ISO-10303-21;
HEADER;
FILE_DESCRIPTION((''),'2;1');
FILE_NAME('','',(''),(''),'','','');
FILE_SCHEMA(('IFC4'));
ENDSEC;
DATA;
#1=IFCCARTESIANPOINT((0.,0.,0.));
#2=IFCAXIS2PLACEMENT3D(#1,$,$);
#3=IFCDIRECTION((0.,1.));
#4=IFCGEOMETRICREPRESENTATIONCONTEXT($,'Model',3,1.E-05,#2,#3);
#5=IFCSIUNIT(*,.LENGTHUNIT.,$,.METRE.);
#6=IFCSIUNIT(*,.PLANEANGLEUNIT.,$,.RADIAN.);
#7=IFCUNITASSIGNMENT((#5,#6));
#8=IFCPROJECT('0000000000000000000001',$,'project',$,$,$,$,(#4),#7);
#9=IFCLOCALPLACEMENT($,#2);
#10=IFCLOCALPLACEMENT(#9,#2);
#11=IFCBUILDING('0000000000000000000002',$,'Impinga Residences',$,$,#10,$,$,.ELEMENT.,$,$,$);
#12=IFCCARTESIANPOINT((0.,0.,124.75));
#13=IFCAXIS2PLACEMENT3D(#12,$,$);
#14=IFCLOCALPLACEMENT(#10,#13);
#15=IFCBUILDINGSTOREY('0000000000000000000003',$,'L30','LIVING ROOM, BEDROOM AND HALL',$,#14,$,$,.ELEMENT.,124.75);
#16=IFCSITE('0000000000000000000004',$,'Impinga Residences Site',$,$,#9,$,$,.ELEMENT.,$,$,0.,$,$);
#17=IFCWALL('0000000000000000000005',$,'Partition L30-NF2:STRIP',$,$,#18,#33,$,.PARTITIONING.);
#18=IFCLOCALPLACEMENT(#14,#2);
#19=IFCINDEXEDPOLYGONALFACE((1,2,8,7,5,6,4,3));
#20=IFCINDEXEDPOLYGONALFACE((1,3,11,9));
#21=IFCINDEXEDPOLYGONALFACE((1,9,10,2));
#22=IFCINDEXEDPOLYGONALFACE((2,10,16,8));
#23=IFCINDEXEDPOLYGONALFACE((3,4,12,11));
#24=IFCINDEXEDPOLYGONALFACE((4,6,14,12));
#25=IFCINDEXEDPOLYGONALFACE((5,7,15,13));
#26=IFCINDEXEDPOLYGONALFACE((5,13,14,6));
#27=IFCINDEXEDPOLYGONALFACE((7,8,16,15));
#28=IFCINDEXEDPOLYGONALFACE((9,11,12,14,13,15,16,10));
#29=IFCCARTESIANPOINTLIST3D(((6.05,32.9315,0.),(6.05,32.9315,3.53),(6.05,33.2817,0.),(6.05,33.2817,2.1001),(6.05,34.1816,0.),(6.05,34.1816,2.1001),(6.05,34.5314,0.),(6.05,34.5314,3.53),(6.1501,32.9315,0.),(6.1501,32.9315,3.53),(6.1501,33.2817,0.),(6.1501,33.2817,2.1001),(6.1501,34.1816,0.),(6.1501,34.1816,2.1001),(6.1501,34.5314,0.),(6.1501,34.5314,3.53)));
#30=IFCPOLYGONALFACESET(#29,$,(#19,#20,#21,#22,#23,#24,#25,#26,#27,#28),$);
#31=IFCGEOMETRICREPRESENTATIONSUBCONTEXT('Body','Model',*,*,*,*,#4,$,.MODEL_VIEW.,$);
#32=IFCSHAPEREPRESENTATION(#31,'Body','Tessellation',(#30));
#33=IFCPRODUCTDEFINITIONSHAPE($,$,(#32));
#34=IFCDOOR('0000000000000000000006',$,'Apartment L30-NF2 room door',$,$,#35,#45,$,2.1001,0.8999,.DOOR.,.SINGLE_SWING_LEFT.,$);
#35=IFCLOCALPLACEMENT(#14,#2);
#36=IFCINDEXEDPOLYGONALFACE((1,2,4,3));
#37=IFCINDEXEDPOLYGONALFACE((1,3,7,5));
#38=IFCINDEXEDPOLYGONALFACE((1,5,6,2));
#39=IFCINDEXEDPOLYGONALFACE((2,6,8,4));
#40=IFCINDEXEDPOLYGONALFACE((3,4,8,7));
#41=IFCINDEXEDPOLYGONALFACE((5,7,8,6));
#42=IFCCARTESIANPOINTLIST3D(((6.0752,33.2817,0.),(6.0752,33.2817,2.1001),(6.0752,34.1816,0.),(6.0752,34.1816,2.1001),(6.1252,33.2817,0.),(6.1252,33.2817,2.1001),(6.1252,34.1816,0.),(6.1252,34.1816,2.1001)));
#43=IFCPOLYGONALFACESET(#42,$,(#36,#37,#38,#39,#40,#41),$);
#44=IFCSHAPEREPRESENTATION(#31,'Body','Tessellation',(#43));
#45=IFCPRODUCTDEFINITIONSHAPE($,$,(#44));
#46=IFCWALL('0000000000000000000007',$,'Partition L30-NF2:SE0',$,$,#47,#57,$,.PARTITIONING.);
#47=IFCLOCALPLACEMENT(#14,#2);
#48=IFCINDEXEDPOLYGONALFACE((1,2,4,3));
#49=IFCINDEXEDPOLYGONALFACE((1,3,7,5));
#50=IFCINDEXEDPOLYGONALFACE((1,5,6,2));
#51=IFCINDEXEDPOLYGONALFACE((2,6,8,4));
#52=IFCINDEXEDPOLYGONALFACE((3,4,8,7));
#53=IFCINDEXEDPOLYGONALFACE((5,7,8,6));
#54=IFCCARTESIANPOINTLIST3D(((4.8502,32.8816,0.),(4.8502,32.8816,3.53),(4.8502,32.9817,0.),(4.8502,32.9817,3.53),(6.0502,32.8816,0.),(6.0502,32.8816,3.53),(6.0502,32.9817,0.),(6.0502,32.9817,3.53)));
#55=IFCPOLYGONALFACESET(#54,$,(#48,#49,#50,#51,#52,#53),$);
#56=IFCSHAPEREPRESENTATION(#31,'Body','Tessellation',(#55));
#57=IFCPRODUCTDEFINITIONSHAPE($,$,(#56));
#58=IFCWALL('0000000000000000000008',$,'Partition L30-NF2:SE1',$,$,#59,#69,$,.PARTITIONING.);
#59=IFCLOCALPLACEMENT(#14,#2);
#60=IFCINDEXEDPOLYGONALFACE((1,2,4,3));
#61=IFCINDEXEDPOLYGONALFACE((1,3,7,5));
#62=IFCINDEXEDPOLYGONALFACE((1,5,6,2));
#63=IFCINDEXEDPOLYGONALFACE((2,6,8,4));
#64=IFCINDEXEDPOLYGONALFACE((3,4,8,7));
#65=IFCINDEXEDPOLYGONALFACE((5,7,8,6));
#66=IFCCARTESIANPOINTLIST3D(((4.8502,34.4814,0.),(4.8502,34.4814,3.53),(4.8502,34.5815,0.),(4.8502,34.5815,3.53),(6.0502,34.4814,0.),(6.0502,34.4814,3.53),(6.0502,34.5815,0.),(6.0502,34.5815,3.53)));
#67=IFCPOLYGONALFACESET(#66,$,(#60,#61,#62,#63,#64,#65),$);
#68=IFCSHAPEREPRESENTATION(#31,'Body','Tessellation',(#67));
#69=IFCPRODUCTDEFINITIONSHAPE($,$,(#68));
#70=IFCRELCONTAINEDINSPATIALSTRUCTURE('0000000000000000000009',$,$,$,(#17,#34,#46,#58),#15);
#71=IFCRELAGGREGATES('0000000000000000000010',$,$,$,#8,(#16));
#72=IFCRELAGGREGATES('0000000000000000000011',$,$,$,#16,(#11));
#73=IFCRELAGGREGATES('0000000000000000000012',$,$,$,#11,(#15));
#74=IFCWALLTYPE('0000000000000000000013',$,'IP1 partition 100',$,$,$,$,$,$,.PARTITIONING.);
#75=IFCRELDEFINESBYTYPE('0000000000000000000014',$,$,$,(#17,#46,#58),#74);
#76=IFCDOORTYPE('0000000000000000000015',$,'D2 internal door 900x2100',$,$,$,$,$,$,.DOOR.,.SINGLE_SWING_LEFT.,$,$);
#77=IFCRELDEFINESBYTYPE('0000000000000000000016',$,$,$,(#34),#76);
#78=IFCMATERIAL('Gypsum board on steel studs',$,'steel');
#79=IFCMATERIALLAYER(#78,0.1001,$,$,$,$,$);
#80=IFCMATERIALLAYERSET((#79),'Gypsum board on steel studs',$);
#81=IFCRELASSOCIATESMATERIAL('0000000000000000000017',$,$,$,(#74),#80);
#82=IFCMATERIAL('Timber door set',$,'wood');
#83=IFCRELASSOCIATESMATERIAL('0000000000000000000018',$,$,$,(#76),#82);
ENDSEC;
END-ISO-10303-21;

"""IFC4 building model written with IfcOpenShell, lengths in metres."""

from ifc_helpers import new_model, si_unit, direction, frame, frame_2d, origin, place, context, subcontext, project, spatial, rectangle, extrude, material, layer, layer_set, type_object, element, fill, save


model = new_model("IFC4")

# Units and contexts
model_context = context("Model", 3, precision=1e-05, world=origin(), true_north=direction((0.0, 1.0)))
body_context = subcontext(model_context, "Body", "Model", "MODEL_VIEW")
ifc_project = project(units=[si_unit("LENGTHUNIT", "METRE"), si_unit("PLANEANGLEUNIT", "RADIAN")], contexts=[model_context])

# Site, building, storey
site_placement = place(None, origin())
site = spatial("IfcSite", under=ifc_project, at=site_placement, Name="Impinga Residences Site", CompositionType="ELEMENT", RefElevation=0.0)
building_placement = place(site_placement, origin())
building = spatial("IfcBuilding", under=site, at=building_placement, Name="Impinga Residences", CompositionType="ELEMENT")
storey_placement = place(building_placement, frame((0.0, 0.0, 124.75)))
storey = spatial("IfcBuildingStorey", under=building, at=storey_placement, Name="L30", Description="LIVING ROOM, BEDROOM AND HALL", CompositionType="ELEMENT", Elevation=124.75)

# Shared definitions
ifc_material_1 = material(Name="Gypsum board on steel studs", Category="steel")
ifc_layer_1 = layer(ifc_material_1, 0.1001)
ifc_layer_set_1 = layer_set([ifc_layer_1], Name="Gypsum board on steel studs")
wall_type_1 = type_object("IfcWallType", Name="IP1 partition 100", PredefinedType="PARTITIONING", material=ifc_layer_set_1)

# Wall, opening, door
wall_1_placement = place(storey_placement, frame((6.1001, 32.9316, 0.0), z_axis=(0.0, 0.0, 1.0), x_axis=(0.0, 1.0, 0.0)))
wall_1 = element("IfcWall", 1, at=wall_1_placement, inside=storey, type_object=wall_type_1, Name="Partition L30-NF2:STRIP", PredefinedType="PARTITIONING", context=body_context, shape_type="SweptSolid", body=[
    extrude(rectangle(XDim=1.5999, YDim=0.1001, at=frame_2d((0.7998, 0.0))), origin(), (0.0, 0.0, 1.0), 3.53),
])
opening_1_placement = place(wall_1_placement, frame((0.3501, 0.0, 0.0)))
opening_1 = element("IfcOpeningElement", 2, at=opening_1_placement, cuts=wall_1, PredefinedType="OPENING", context=body_context, shape_type="SweptSolid", body=[
    extrude(rectangle(XDim=0.8999, YDim=2.1001, at=frame_2d((0.45, 1.05))), frame((0.0, 0.0601, 0.0), z_axis=(0.0, -1.0, 0.0), x_axis=(1.0, 0.0, 0.0)), (0.0, 0.0, 1.0), 0.1201),
])
ifc_material_2 = material(Name="Timber door set", Category="wood")
door_type = type_object("IfcDoorType", Name="D2 internal door 900x2100", OperationType="SINGLE_SWING_LEFT", PredefinedType="DOOR", material=ifc_material_2)
door_placement = place(opening_1_placement, origin())
door = element("IfcDoor", 3, at=door_placement, inside=storey, type_object=door_type, Name="Apartment L30-NF2 room door", OperationType="SINGLE_SWING_LEFT", OverallHeight=2.1001, OverallWidth=0.8999, PredefinedType="DOOR", context=body_context, shape_type="SweptSolid", body=[
    extrude(rectangle(XDim=0.8999, YDim=2.1001, at=frame_2d((0.45, 1.05))), frame((0.0, 0.0249, 0.0), z_axis=(0.0, -1.0, 0.0), x_axis=(1.0, 0.0, 0.0)), (0.0, 0.0, 1.0), 0.05),
])
fill(opening_1, door)

# Walls
for number, where, z_axis, x_axis, name in (
    (4, (4.8501, 32.9316, 0.0), (0.0, 0.0, 1.0), (1.0, 0.0, 0.0), "Partition L30-NF2:SE0"),
    (5, (4.8501, 34.5315, 0.0), (0.0, 0.0, 1.0), (1.0, 0.0, 0.0), "Partition L30-NF2:SE1"),
):
    element("IfcWall", number, at=place(storey_placement, frame(where, z_axis=z_axis, x_axis=x_axis)), inside=storey, type_object=wall_type_1, Name=name, PredefinedType="PARTITIONING", context=body_context, shape_type="SweptSolid", body=[
        extrude(rectangle(XDim=1.2, YDim=0.1001, at=frame_2d((0.6001, 0.0))), origin(), (0.0, 0.0, 1.0), 3.53),
    ])

save(model, "model.ifc")
